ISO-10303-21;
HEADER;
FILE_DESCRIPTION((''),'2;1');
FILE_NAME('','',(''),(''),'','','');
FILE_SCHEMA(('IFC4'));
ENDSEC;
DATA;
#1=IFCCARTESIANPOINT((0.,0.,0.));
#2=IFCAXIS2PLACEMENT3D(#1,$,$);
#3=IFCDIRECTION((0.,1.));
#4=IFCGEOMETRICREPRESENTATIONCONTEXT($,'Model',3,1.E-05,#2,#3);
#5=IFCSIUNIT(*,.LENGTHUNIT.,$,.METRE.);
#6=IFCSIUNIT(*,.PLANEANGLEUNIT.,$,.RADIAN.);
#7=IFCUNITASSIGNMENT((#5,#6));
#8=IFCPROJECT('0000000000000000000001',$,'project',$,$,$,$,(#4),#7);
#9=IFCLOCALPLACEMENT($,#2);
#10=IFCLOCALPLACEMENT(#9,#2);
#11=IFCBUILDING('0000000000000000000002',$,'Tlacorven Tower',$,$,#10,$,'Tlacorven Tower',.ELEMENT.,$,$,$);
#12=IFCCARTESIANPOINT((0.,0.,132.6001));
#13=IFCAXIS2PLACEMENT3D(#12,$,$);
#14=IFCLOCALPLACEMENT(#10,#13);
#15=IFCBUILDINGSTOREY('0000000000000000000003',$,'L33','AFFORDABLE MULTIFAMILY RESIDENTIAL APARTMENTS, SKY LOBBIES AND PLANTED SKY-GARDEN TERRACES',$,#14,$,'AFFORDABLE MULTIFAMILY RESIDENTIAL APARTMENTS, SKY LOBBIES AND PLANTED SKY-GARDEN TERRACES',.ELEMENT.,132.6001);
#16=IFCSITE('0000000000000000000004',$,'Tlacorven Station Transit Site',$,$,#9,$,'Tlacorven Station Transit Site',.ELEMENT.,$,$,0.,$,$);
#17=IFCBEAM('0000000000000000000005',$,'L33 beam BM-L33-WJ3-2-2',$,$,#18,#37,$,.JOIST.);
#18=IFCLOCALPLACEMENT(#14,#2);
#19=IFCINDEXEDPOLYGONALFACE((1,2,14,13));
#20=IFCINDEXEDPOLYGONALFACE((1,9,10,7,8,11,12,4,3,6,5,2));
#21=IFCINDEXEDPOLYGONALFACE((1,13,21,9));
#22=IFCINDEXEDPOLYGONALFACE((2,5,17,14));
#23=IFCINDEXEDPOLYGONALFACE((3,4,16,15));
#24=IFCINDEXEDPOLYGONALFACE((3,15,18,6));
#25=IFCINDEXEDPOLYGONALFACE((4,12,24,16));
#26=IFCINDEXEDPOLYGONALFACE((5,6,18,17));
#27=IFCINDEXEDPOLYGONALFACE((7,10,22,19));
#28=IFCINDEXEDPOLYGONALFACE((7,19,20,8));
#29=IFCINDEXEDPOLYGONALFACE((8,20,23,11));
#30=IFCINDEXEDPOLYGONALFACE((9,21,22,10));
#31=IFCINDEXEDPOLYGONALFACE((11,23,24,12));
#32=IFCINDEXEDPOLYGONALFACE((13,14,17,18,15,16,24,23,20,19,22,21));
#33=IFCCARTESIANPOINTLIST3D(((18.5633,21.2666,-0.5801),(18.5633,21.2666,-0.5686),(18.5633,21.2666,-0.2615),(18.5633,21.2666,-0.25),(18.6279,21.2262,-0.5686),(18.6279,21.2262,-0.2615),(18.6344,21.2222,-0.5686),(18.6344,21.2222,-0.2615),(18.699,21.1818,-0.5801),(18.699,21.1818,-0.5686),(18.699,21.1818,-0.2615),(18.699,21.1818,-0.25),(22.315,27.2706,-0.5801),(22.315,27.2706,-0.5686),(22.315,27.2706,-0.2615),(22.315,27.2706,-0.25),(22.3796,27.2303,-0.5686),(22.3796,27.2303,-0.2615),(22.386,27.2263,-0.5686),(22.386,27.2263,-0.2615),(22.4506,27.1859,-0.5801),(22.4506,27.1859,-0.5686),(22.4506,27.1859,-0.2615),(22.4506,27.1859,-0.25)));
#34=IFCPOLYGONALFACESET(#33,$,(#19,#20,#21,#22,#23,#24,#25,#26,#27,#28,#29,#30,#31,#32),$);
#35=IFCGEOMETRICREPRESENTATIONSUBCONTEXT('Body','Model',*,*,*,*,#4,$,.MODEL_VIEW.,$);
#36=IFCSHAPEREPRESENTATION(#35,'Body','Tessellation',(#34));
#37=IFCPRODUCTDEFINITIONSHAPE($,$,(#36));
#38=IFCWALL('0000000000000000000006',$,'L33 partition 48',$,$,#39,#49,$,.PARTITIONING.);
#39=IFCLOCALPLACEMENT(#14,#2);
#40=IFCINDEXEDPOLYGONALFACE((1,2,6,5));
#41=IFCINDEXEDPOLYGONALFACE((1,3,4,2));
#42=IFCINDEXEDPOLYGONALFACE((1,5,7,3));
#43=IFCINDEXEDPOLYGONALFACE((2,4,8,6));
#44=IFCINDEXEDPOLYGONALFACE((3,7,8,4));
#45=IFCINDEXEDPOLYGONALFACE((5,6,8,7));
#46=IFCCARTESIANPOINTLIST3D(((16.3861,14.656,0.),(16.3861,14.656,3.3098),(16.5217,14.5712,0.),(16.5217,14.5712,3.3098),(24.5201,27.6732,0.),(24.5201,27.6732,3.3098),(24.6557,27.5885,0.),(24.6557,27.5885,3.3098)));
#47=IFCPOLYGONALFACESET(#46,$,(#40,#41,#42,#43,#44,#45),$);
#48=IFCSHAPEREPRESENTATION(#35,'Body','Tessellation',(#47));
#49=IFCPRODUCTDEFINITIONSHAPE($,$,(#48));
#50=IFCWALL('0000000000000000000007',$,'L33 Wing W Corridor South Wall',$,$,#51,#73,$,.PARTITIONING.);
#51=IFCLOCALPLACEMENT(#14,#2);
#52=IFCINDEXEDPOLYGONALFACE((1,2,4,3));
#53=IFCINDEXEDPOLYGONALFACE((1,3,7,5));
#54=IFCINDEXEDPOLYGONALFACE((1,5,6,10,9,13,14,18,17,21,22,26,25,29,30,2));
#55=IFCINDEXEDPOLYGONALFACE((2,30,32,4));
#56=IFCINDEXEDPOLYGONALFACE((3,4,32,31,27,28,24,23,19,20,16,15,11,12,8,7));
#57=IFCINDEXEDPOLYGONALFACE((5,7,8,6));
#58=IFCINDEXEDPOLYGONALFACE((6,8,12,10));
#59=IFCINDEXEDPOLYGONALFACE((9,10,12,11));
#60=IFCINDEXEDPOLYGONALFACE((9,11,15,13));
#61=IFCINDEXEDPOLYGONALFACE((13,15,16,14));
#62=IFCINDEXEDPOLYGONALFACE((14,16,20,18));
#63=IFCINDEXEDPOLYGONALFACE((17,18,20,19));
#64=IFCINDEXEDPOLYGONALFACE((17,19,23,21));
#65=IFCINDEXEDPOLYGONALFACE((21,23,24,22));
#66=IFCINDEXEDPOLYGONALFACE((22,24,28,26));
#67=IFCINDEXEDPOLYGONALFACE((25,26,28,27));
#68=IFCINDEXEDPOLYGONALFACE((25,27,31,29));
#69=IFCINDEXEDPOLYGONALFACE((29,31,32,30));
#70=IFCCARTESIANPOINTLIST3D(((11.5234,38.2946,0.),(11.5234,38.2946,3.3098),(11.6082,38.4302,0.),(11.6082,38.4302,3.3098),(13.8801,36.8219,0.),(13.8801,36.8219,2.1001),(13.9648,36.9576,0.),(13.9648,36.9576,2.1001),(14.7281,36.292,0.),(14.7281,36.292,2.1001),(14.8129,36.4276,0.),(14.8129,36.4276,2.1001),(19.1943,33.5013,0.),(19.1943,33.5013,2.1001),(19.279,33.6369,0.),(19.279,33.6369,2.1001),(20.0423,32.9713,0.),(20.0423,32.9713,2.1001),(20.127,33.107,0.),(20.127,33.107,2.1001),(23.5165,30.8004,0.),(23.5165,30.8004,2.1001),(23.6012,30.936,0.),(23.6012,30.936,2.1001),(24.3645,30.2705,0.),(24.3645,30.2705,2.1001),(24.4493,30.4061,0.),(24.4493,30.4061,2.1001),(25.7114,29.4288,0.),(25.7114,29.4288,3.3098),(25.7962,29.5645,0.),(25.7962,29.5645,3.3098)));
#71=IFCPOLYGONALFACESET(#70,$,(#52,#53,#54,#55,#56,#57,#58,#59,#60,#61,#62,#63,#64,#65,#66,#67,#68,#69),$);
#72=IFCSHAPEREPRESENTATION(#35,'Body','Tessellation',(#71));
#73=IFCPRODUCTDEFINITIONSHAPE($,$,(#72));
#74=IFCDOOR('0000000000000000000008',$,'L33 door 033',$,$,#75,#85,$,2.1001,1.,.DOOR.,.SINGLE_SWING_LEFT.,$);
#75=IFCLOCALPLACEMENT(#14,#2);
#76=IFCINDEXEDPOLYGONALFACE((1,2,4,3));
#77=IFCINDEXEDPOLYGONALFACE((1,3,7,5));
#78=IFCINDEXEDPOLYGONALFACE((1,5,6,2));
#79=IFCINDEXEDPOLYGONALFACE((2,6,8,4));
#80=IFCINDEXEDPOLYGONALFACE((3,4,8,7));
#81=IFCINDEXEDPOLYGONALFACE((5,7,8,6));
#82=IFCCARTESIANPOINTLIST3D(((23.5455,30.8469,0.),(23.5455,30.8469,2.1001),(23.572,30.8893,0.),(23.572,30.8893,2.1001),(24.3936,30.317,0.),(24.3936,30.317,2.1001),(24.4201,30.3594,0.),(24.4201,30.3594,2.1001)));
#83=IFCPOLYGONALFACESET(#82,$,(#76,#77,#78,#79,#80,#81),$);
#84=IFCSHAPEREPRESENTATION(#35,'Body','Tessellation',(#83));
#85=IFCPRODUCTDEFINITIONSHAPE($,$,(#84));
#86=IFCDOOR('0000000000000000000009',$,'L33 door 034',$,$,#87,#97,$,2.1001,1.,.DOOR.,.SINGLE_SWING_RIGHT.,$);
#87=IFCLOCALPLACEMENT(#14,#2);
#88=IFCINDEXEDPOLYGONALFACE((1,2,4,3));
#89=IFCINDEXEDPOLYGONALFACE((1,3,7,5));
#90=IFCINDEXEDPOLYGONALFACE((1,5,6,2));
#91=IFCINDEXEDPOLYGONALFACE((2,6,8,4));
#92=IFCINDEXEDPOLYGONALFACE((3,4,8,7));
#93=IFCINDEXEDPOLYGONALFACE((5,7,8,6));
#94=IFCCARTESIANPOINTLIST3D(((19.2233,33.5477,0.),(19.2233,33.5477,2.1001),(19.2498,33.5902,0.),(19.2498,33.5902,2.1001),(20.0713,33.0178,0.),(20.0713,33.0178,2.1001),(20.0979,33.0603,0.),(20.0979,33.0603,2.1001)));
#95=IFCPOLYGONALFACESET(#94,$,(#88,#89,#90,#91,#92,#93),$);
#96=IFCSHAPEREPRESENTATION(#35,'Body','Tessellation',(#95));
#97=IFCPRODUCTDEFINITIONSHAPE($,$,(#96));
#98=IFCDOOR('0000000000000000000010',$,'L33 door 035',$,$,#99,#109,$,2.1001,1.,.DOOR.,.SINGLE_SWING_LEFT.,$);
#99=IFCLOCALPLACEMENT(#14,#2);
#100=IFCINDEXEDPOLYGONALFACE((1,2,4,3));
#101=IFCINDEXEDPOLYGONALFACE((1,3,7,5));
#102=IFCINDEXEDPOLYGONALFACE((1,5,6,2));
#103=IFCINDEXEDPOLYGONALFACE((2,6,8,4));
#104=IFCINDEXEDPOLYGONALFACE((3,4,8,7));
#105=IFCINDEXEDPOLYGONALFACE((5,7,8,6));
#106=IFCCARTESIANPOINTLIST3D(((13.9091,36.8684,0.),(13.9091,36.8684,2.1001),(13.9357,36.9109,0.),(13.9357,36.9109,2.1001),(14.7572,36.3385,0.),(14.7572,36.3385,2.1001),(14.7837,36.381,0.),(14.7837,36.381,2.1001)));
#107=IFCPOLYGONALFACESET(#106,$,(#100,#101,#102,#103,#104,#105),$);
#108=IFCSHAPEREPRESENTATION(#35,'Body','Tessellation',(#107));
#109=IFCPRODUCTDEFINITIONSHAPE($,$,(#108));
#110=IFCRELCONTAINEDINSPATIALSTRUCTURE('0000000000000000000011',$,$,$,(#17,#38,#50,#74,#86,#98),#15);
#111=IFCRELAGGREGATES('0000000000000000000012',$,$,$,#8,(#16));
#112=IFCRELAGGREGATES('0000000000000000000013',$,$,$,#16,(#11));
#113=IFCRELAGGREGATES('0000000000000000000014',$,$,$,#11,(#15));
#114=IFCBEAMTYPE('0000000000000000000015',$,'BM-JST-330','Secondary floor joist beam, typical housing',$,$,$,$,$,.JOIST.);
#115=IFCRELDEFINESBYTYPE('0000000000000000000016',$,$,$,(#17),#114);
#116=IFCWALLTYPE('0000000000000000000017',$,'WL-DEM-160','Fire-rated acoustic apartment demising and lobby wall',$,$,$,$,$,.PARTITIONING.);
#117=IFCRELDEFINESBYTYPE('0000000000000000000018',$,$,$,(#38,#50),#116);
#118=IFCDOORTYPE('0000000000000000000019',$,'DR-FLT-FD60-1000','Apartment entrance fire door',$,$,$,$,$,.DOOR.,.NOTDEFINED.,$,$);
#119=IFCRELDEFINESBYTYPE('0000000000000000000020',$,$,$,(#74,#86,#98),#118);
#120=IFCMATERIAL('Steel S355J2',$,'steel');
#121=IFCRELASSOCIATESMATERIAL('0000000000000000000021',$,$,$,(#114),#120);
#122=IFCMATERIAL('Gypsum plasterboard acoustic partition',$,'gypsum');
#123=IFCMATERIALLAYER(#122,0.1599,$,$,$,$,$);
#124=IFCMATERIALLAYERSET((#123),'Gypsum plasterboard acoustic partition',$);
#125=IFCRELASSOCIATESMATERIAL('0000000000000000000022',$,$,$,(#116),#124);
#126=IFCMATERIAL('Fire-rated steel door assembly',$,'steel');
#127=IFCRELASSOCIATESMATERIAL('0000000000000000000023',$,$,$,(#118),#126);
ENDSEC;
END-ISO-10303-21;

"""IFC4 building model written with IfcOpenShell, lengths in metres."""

from ifc_helpers import new_model, si_unit, direction, frame, frame_2d, origin, origin_2d, place, context, subcontext, project, spatial, rectangle, i_section, extrude, source, transform, mapped, material, layer, layer_set, material_profile, profile_set, type_object, element, fill, save


model = new_model("IFC4")

# Units and contexts
model_context = context("Model", 3, precision=1e-05, world=origin(), true_north=direction((0.0, 1.0)))
body_context = subcontext(model_context, "Body", "Model", "MODEL_VIEW")
ifc_project = project(units=[si_unit("LENGTHUNIT", "METRE"), si_unit("PLANEANGLEUNIT", "RADIAN")], contexts=[model_context])

# Site, building, storey
site_placement = place(None, origin())
site = spatial("IfcSite", under=ifc_project, at=site_placement, Name="Tlacorven Station Transit Site", LongName="Tlacorven Station Transit Site", CompositionType="ELEMENT", RefElevation=0.0)
building_placement = place(site_placement, origin())
building = spatial("IfcBuilding", under=site, at=building_placement, Name="Tlacorven Tower", LongName="Tlacorven Tower", CompositionType="ELEMENT")
storey_placement = place(building_placement, frame((0.0, 0.0, 132.6001)))
storey = spatial("IfcBuildingStorey", under=building, at=storey_placement, Name="L33", Description="AFFORDABLE MULTIFAMILY RESIDENTIAL APARTMENTS, SKY LOBBIES AND PLANTED SKY-GARDEN TERRACES", LongName="AFFORDABLE MULTIFAMILY RESIDENTIAL APARTMENTS, SKY LOBBIES AND PLANTED SKY-GARDEN TERRACES", CompositionType="ELEMENT", Elevation=132.6001)

# Beam
ifc_material_1 = material(Name="Steel S355J2", Category="steel")
ifc_material_profile_1 = material_profile(ifc_material_1, i_section(OverallWidth=0.1599, OverallDepth=0.3301, WebThickness=0.0076, FlangeThickness=0.0115, at=origin_2d()), Name="IPE 330")
ifc_profile_set_1 = profile_set([ifc_material_profile_1], Name="Steel S355J2")
beam_type_1 = type_object("IfcBeamType", Name="BM-JST-330", Description="Secondary floor joist beam, typical housing", PredefinedType="JOIST", material=ifc_profile_set_1)
shared_shape_1 = source(origin(), body_context, "Body", "SweptSolid", [
    extrude(i_section(OverallWidth=0.1599, OverallDepth=0.3301, WebThickness=0.0076, FlangeThickness=0.0115, at=origin_2d()), origin(), (0.0, 0.0, 1.0), 7.0798),
])
beam_1_placement = place(storey_placement, frame((22.3828, 27.2283, -0.415), z_axis=(-0.529909, -0.848054, 0.0), x_axis=(0.848054, -0.529909, 0.0)))
element("IfcBeam", 1, at=beam_1_placement, inside=storey, type_object=beam_type_1, Name="L33 beam BM-L33-WJ3-2-2", PredefinedType="JOIST", context=body_context, shape_type="MappedRepresentation", body=[
    mapped(shared_shape_1, transform((0.0, 0.0, 0.0), scale=1.0)),
])

# Wall
ifc_material_2 = material(Name="Gypsum plasterboard acoustic partition", Category="gypsum")
ifc_layer_1 = layer(ifc_material_2, 0.1599)
ifc_layer_set_1 = layer_set([ifc_layer_1], Name="Gypsum plasterboard acoustic partition")
wall_type_1 = type_object("IfcWallType", Name="WL-DEM-160", Description="Fire-rated acoustic apartment demising and lobby wall", PredefinedType="PARTITIONING", material=ifc_layer_set_1)
wall_1_placement = place(storey_placement, frame((24.5879, 27.6309, 0.0), z_axis=(0.0, 0.0, 1.0), x_axis=(-0.529915, -0.848051, 0.0)))
element("IfcWall", 2, at=wall_1_placement, inside=storey, type_object=wall_type_1, Name="L33 partition 48", PredefinedType="PARTITIONING", context=body_context, shape_type="SweptSolid", body=[
    extrude(rectangle(XDim=15.3496, YDim=0.1599, at=frame_2d((7.6748, 0.0))), origin(), (0.0, 0.0, 1.0), 3.3098),
])

# Wall, openings, doors
wall_2_placement = place(storey_placement, frame((25.7539, 29.4966, 0.0), z_axis=(0.0, 0.0, 1.0), x_axis=(-0.848046, 0.529923, 0.0)))
wall_2 = element("IfcWall", 3, at=wall_2_placement, inside=storey, type_object=wall_type_1, Name="L33 Wing W Corridor South Wall", PredefinedType="PARTITIONING", context=body_context, shape_type="SweptSolid", body=[
    extrude(rectangle(XDim=16.7302, YDim=0.1599, at=frame_2d((8.3652, 0.0))), origin(), (0.0, 0.0, 1.0), 3.3098),
])
opening_1_placement = place(wall_2_placement, frame((1.5884, 0.0, 0.0)))
opening_1 = element("IfcOpeningElement", 4, at=opening_1_placement, cuts=wall_2, PredefinedType="OPENING", context=body_context, shape_type="SweptSolid", body=[
    extrude(rectangle(XDim=1.0, YDim=2.1001, at=frame_2d((0.5, 1.05))), frame((0.0, 0.0898, 0.0), z_axis=(0.0, -1.0, 0.0), x_axis=(1.0, 0.0, 0.0)), (0.0, 0.0, 1.0), 0.1799),
])
opening_2_placement = place(wall_2_placement, frame((6.6851, 0.0, 0.0)))
opening_2 = element("IfcOpeningElement", 5, at=opening_2_placement, cuts=wall_2, PredefinedType="OPENING", context=body_context, shape_type="SweptSolid", body=[
    extrude(rectangle(XDim=1.0, YDim=2.1001, at=frame_2d((0.5, 1.05))), frame((0.0, 0.0898, 0.0), z_axis=(0.0, -1.0, 0.0), x_axis=(1.0, 0.0, 0.0)), (0.0, 0.0, 1.0), 0.1799),
])
opening_3_placement = place(wall_2_placement, frame((12.9514, 0.0, 0.0)))
opening_3 = element("IfcOpeningElement", 6, at=opening_3_placement, cuts=wall_2, PredefinedType="OPENING", context=body_context, shape_type="SweptSolid", body=[
    extrude(rectangle(XDim=1.0, YDim=2.1001, at=frame_2d((0.5, 1.05))), frame((0.0, 0.0898, 0.0), z_axis=(0.0, -1.0, 0.0), x_axis=(1.0, 0.0, 0.0)), (0.0, 0.0, 1.0), 0.1799),
])
ifc_material_3 = material(Name="Fire-rated steel door assembly", Category="steel")
door_type_1 = type_object("IfcDoorType", Name="DR-FLT-FD60-1000", Description="Apartment entrance fire door", OperationType="NOTDEFINED", PredefinedType="DOOR", material=ifc_material_3)
shared_shape_2 = source(origin(), body_context, "Body", "SweptSolid", [
    extrude(rectangle(XDim=1.0, YDim=2.1001, at=frame_2d((0.5, 1.05))), frame((0.0, 0.0249, 0.0), z_axis=(0.0, -1.0, 0.0), x_axis=(1.0, 0.0, 0.0)), (0.0, 0.0, 1.0), 0.05),
])
door_1_placement = place(opening_1_placement, frame((1.0, 0.0, 0.0), z_axis=(0.0, 0.0, 1.0), x_axis=(-1.0, 0.0, 0.0)))
door_1 = element("IfcDoor", 7, at=door_1_placement, inside=storey, type_object=door_type_1, Name="L33 door 033", OperationType="SINGLE_SWING_LEFT", OverallHeight=2.1001, OverallWidth=1.0, PredefinedType="DOOR", context=body_context, shape_type="MappedRepresentation", body=[
    mapped(shared_shape_2, transform((0.0, 0.0, 0.0), scale=1.0)),
])
fill(opening_1, door_1)
door_2_placement = place(opening_2_placement, frame((1.0, 0.0, 0.0), z_axis=(0.0, 0.0, 1.0), x_axis=(-1.0, 0.0, 0.0)))
door_2 = element("IfcDoor", 8, at=door_2_placement, inside=storey, type_object=door_type_1, Name="L33 door 034", OperationType="SINGLE_SWING_RIGHT", OverallHeight=2.1001, OverallWidth=1.0, PredefinedType="DOOR", context=body_context, shape_type="MappedRepresentation", body=[
    mapped(shared_shape_2, transform((0.0, 0.0, 0.0), scale=1.0)),
])
fill(opening_2, door_2)
door_3_placement = place(opening_3_placement, frame((1.0, 0.0, 0.0), z_axis=(0.0, 0.0, 1.0), x_axis=(-1.0, 0.0, 0.0)))
door_3 = element("IfcDoor", 9, at=door_3_placement, inside=storey, type_object=door_type_1, Name="L33 door 035", OperationType="SINGLE_SWING_LEFT", OverallHeight=2.1001, OverallWidth=1.0, PredefinedType="DOOR", context=body_context, shape_type="MappedRepresentation", body=[
    mapped(shared_shape_2, transform((0.0, 0.0, 0.0), scale=1.0)),
])
fill(opening_3, door_3)

save(model, "model.ifc")
